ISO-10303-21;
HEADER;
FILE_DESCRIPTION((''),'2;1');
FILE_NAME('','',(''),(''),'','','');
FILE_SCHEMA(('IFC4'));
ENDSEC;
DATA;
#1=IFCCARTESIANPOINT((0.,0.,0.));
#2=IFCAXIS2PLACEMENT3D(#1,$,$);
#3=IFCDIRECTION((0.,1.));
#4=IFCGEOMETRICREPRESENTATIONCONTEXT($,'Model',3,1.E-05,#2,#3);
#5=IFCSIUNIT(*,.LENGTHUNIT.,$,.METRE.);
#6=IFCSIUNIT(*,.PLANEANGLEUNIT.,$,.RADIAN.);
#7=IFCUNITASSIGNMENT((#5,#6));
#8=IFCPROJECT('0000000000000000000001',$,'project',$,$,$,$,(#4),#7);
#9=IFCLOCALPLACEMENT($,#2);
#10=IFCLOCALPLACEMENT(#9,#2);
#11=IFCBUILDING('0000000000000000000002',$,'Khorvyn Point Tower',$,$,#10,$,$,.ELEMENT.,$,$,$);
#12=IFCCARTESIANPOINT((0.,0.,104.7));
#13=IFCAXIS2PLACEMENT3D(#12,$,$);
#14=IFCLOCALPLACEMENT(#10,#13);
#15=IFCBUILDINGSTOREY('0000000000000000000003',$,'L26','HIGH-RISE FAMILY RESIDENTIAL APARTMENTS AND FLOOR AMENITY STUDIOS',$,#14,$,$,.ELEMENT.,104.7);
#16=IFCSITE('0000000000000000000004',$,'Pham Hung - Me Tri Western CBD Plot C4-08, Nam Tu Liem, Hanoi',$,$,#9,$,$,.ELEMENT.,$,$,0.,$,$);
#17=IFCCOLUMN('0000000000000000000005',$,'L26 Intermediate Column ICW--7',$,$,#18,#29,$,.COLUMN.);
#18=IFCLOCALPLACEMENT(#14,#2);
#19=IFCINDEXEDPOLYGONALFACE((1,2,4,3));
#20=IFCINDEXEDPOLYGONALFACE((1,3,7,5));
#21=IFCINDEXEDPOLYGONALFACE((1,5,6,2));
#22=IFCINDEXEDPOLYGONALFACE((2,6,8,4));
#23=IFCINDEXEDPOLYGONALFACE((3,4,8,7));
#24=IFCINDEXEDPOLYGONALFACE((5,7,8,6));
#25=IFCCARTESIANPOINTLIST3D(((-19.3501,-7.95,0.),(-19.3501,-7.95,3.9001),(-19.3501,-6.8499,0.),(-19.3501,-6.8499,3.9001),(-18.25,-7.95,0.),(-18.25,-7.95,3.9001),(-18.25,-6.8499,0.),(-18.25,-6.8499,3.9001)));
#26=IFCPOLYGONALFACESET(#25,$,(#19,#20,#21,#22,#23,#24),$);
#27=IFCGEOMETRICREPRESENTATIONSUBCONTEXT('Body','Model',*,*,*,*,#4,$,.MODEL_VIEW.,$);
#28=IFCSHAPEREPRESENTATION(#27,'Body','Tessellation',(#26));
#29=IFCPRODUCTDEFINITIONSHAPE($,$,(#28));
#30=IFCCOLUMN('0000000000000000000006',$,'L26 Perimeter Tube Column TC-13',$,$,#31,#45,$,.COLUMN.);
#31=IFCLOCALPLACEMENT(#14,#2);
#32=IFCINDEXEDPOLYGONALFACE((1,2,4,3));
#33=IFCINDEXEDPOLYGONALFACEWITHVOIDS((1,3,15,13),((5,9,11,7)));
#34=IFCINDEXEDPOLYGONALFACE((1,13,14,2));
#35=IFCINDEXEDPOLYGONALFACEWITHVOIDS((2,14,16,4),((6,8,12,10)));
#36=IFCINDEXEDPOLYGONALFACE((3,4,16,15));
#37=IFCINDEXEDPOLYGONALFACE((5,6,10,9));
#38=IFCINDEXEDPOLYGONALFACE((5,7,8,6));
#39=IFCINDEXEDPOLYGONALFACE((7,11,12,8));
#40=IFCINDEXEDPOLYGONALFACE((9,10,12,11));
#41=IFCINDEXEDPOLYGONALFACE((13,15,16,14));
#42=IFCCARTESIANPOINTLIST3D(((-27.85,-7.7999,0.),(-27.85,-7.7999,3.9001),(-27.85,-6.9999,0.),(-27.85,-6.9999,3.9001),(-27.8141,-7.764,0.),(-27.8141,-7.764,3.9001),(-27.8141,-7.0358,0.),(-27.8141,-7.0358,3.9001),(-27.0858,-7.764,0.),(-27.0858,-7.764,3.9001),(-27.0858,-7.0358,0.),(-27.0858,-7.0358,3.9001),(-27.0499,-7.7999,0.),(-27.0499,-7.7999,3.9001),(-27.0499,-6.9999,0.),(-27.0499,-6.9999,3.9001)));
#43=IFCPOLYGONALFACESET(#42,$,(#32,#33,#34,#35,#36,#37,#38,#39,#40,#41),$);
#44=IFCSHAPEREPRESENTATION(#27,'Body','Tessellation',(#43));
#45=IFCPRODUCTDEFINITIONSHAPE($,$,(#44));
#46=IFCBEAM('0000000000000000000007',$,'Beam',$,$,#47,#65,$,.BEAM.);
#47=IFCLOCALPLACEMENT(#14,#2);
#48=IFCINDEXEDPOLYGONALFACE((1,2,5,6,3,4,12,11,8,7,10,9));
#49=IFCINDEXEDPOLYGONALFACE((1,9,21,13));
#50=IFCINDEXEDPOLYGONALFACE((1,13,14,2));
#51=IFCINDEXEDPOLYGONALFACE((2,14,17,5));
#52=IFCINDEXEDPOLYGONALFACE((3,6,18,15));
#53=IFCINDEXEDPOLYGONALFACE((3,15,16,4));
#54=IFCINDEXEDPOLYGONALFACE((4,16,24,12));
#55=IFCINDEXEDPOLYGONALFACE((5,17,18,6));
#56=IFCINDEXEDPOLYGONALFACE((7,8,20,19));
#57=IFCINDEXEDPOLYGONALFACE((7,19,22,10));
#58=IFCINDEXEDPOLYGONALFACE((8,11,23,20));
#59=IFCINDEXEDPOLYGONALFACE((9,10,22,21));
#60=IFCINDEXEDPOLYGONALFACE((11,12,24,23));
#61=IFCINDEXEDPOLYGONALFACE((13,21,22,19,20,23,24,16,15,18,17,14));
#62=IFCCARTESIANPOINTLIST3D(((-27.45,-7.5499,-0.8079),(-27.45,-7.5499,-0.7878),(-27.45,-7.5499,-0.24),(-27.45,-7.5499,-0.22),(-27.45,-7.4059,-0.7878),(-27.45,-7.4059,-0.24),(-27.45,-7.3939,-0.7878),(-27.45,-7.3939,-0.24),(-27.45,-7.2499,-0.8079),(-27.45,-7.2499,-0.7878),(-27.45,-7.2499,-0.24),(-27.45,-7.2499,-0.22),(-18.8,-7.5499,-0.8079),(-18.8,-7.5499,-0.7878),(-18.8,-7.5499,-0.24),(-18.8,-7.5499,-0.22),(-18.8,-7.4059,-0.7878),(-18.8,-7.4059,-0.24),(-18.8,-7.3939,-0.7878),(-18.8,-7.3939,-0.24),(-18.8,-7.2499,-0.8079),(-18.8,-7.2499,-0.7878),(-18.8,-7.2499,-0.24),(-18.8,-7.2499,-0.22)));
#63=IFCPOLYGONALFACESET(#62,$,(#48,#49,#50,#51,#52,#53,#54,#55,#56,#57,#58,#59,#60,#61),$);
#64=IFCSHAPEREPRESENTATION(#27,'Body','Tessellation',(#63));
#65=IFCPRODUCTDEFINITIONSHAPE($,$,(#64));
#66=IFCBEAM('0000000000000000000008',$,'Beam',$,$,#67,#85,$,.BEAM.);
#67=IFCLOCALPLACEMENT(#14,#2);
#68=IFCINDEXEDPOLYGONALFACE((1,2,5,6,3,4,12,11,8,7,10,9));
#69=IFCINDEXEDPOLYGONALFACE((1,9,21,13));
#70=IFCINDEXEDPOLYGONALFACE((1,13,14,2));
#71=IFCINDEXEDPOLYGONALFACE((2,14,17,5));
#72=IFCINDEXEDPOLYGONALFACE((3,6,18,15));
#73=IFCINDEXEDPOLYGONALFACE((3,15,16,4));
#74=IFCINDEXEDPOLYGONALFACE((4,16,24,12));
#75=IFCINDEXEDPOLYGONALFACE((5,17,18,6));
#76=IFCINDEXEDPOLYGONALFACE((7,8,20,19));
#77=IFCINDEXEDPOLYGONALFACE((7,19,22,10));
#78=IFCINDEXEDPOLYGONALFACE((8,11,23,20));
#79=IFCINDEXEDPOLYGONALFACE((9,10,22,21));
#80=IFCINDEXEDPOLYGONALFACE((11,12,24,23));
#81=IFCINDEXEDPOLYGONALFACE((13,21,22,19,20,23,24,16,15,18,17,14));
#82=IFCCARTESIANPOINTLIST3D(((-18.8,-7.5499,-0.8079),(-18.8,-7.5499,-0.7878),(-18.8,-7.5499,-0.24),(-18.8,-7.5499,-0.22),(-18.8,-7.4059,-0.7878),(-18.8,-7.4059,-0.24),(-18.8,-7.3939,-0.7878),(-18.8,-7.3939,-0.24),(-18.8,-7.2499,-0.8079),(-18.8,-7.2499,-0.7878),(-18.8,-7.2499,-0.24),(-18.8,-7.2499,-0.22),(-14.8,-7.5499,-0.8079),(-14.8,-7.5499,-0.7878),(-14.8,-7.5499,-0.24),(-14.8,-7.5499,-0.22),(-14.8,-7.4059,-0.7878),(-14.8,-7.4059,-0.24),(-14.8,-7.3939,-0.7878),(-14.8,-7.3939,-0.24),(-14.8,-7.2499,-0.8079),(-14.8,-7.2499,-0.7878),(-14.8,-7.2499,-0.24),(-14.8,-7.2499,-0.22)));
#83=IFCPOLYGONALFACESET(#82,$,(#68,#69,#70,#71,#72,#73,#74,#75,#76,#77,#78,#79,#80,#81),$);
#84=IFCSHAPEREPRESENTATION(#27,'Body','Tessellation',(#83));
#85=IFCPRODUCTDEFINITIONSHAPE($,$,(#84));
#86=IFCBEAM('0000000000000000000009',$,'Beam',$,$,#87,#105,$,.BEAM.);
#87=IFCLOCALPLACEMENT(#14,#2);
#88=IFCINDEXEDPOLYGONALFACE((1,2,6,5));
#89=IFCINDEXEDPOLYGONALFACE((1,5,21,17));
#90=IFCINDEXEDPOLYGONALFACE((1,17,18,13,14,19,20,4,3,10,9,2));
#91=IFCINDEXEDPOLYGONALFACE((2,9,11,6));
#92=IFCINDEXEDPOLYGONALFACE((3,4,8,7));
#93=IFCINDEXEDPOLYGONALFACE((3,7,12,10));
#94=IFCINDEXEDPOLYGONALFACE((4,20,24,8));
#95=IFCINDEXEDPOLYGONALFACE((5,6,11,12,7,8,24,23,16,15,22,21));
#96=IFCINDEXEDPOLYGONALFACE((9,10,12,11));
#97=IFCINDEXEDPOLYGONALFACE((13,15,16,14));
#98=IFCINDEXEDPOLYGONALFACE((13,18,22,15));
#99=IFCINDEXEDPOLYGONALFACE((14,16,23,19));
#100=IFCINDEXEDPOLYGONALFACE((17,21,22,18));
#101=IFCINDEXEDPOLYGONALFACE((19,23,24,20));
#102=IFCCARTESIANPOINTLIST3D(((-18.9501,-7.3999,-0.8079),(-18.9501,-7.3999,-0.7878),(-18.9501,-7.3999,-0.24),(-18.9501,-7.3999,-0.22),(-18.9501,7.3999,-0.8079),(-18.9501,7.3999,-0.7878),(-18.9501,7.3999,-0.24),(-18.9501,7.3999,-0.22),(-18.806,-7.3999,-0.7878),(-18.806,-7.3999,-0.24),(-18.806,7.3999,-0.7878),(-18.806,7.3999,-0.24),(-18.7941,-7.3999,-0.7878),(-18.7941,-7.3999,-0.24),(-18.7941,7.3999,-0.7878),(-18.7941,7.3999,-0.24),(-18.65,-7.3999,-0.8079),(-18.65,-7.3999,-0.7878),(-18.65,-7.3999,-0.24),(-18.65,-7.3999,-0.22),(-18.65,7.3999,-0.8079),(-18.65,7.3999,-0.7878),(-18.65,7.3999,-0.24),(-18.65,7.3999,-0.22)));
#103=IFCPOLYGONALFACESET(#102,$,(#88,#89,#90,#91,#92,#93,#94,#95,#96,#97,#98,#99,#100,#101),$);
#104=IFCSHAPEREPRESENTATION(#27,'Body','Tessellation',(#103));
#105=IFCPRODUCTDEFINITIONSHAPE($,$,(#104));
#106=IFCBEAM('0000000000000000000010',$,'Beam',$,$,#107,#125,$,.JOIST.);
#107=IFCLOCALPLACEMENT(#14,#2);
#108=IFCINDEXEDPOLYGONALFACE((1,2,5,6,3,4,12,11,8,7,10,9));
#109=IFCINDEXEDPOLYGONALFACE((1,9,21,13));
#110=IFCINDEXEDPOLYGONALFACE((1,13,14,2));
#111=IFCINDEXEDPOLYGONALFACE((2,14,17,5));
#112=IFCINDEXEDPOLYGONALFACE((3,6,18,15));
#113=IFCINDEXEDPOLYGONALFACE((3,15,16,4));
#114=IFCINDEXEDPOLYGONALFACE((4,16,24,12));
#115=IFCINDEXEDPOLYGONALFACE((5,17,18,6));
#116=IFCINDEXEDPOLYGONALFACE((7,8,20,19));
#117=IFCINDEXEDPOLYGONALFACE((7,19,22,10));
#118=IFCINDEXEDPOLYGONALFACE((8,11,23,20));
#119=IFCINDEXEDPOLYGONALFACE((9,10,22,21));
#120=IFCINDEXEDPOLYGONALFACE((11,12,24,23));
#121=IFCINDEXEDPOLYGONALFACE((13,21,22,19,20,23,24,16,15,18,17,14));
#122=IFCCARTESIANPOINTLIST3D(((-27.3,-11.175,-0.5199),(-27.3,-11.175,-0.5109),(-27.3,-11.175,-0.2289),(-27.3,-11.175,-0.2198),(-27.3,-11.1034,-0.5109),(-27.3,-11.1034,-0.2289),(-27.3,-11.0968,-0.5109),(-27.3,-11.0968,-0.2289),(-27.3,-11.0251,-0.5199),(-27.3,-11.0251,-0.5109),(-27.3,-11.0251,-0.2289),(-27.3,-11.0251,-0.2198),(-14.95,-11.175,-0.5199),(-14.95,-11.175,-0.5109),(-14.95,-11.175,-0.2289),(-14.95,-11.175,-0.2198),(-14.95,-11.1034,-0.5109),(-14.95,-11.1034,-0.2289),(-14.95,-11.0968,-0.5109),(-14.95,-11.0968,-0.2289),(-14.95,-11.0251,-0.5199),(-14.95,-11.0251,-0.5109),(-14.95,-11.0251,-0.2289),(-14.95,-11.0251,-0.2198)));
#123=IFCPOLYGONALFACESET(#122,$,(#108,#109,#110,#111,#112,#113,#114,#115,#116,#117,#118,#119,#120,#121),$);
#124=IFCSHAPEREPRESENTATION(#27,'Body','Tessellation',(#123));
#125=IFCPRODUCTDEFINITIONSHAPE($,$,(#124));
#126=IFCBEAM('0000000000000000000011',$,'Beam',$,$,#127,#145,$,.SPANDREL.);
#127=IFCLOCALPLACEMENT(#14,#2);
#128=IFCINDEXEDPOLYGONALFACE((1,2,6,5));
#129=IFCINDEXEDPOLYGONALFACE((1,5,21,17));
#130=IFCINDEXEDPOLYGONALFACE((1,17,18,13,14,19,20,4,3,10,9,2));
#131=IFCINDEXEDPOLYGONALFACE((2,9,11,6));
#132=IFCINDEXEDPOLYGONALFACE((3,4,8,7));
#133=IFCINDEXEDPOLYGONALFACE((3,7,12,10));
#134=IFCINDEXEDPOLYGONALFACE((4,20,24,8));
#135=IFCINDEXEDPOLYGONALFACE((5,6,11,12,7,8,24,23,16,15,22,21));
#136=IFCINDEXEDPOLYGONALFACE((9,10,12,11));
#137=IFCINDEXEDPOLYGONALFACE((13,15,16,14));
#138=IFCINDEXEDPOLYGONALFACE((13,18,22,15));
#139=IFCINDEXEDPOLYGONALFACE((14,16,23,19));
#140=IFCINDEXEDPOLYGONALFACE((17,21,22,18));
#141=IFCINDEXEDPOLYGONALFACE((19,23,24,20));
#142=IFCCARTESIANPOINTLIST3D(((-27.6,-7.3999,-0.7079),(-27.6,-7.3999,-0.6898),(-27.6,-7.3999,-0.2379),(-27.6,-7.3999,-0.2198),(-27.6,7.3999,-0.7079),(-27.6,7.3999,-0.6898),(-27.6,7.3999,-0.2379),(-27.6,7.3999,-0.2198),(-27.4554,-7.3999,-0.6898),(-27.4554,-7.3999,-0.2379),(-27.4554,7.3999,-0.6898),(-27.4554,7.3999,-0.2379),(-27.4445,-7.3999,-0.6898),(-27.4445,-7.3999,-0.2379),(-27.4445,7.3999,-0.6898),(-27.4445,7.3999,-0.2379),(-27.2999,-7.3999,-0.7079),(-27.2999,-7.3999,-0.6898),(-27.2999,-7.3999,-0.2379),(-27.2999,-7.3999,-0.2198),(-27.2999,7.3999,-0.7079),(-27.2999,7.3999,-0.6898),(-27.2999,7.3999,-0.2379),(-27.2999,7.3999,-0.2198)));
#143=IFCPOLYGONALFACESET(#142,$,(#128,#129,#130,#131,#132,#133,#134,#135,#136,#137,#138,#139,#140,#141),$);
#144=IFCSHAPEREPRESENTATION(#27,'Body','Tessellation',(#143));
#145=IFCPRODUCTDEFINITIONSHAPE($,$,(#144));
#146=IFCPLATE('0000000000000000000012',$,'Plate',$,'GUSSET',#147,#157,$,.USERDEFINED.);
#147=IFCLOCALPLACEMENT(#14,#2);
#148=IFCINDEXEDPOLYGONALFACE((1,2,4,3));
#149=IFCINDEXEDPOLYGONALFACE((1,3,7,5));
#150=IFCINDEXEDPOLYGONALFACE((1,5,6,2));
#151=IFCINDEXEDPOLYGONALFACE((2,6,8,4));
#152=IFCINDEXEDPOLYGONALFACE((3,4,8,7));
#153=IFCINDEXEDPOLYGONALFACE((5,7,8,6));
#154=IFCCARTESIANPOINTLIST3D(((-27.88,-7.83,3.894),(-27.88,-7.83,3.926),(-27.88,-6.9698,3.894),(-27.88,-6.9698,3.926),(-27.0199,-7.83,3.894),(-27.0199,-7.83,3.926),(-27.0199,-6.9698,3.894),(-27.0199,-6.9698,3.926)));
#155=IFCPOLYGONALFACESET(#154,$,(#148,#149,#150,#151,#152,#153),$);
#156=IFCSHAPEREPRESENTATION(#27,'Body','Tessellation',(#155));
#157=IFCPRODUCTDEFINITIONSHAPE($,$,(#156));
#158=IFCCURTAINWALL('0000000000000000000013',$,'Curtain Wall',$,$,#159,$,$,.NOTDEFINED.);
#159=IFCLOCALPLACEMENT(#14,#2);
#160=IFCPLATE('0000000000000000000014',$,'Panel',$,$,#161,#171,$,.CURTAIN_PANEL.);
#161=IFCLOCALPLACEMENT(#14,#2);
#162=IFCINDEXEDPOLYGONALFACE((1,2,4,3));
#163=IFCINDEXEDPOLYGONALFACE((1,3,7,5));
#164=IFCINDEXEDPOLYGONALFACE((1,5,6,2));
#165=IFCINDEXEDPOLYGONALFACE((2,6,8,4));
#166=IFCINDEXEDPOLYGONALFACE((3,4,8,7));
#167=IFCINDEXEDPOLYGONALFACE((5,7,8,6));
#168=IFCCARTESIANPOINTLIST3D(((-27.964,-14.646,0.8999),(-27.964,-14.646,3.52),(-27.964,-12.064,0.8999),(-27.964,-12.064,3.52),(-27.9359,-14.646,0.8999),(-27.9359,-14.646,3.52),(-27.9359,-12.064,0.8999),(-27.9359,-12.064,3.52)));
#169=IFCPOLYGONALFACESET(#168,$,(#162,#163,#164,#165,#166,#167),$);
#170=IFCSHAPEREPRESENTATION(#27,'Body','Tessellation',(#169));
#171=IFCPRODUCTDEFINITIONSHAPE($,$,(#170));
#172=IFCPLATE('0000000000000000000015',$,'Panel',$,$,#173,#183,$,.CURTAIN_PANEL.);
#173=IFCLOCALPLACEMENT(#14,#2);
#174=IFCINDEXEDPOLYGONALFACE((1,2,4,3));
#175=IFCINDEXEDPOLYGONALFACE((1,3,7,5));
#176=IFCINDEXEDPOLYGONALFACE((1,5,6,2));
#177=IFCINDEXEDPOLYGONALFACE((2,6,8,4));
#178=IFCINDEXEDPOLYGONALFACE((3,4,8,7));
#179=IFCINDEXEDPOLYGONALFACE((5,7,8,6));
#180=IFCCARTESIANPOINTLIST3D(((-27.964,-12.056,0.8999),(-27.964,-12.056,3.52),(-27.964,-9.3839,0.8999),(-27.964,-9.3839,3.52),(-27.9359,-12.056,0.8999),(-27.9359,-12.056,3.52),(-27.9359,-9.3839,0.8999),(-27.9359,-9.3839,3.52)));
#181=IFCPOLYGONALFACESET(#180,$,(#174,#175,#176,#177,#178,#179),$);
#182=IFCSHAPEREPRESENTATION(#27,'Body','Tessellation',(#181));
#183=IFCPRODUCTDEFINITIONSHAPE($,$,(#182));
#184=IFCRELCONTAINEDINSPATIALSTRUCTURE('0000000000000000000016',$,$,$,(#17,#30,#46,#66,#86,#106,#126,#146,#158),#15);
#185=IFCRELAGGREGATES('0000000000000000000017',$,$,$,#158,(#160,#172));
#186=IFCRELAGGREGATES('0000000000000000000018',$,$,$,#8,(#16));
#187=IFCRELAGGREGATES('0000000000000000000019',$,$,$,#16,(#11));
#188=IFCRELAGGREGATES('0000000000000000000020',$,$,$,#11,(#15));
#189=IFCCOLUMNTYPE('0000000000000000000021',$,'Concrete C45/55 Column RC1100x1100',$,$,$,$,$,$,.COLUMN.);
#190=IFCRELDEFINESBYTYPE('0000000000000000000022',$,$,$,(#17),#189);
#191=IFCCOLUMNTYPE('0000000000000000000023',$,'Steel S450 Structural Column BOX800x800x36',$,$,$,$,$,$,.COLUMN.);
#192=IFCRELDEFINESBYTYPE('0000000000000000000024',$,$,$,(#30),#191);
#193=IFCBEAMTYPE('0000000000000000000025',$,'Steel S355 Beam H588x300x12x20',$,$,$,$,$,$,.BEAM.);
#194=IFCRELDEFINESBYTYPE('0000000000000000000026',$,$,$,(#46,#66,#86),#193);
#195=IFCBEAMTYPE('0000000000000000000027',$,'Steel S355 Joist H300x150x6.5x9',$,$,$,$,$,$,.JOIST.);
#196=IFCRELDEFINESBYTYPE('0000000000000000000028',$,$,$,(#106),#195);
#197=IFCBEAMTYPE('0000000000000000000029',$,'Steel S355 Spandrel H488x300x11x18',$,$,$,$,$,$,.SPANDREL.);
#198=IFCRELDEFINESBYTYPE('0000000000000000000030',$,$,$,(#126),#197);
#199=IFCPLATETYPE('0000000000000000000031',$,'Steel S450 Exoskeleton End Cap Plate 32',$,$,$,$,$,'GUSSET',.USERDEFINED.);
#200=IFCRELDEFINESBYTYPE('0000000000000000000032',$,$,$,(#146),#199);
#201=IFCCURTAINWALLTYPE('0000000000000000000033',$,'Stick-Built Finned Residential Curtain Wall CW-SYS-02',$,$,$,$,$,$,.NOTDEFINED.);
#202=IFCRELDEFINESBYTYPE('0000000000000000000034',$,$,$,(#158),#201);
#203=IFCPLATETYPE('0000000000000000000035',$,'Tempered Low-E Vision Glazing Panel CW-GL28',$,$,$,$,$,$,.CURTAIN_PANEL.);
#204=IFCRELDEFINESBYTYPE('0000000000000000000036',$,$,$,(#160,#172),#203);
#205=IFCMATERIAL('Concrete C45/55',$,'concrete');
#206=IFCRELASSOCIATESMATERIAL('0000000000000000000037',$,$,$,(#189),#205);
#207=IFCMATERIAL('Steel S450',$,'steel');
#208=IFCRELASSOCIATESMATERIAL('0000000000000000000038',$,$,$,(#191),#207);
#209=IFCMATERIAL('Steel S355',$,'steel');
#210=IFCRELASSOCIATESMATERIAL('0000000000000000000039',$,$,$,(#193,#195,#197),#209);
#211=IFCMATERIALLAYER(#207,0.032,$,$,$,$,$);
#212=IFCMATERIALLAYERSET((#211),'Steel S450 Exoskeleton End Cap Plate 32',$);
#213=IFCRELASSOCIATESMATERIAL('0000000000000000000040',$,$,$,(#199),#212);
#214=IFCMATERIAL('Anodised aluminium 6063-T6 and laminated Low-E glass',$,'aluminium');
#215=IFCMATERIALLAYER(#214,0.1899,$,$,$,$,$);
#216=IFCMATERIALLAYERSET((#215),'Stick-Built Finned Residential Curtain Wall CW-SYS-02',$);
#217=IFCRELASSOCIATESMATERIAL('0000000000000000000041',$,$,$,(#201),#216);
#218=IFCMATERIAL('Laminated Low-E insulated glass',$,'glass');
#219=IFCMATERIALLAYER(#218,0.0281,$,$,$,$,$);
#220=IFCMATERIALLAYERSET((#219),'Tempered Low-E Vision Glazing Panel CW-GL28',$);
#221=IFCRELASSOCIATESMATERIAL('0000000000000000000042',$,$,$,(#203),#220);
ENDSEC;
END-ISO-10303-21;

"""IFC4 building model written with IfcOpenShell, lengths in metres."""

from ifc_helpers import new_model, si_unit, direction, frame, origin, origin_2d, place, context, subcontext, project, spatial, rectangle, hollow_rectangle, i_section, extrude, material, layer, layer_set, material_profile, profile_set, type_object, element, aggregate, save


model = new_model("IFC4")

# Units and contexts
model_context = context("Model", 3, precision=1e-05, world=origin(), true_north=direction((0.0, 1.0)))
body_context = subcontext(model_context, "Body", "Model", "MODEL_VIEW")
ifc_project = project(units=[si_unit("LENGTHUNIT", "METRE"), si_unit("PLANEANGLEUNIT", "RADIAN")], contexts=[model_context])

# Site, building, storey
site_placement = place(None, origin())
site = spatial("IfcSite", under=ifc_project, at=site_placement, Name="Pham Hung - Me Tri Western CBD Plot C4-08, Nam Tu Liem, Hanoi", CompositionType="ELEMENT", RefElevation=0.0)
building_placement = place(site_placement, origin())
building = spatial("IfcBuilding", under=site, at=building_placement, Name="Khorvyn Point Tower", CompositionType="ELEMENT")
storey_placement = place(building_placement, frame((0.0, 0.0, 104.7)))
storey = spatial("IfcBuildingStorey", under=building, at=storey_placement, Name="L26", Description="HIGH-RISE FAMILY RESIDENTIAL APARTMENTS AND FLOOR AMENITY STUDIOS", CompositionType="ELEMENT", Elevation=104.7)

# Columns
ifc_material_1 = material(Name="Concrete C45/55", Category="concrete")
ifc_material_profile_1 = material_profile(ifc_material_1, rectangle(XDim=1.1001, YDim=1.1001, at=origin_2d()))
ifc_profile_set_1 = profile_set([ifc_material_profile_1], Name="Concrete C45/55 RC1100x1100")
column_type_1 = type_object("IfcColumnType", Name="Concrete C45/55 Column RC1100x1100", PredefinedType="COLUMN", material=ifc_profile_set_1)
column_1_placement = place(storey_placement, frame((-18.8, -7.3999, 0.0), z_axis=(0.0, 0.0, 1.0), x_axis=(1.0, 0.0, 0.0)))
element("IfcColumn", 1, at=column_1_placement, inside=storey, type_object=column_type_1, Name="L26 Intermediate Column ICW--7", PredefinedType="COLUMN", context=body_context, shape_type="SweptSolid", body=[
    extrude(rectangle(XDim=1.1001, YDim=1.1001, at=origin_2d()), origin(), (0.0, 0.0, 1.0), 3.9001),
])
ifc_material_2 = material(Name="Steel S450", Category="steel")
ifc_material_profile_2 = material_profile(ifc_material_2, hollow_rectangle(XDim=0.8, YDim=0.8, WallThickness=0.0359, at=origin_2d()))
ifc_profile_set_2 = profile_set([ifc_material_profile_2], Name="Steel S450 BOX800x800x36")
column_type_2 = type_object("IfcColumnType", Name="Steel S450 Structural Column BOX800x800x36", PredefinedType="COLUMN", material=ifc_profile_set_2)
column_2_placement = place(storey_placement, frame((-27.45, -7.3999, 0.0), z_axis=(0.0, 0.0, 1.0), x_axis=(1.0, 0.0, 0.0)))
element("IfcColumn", 2, at=column_2_placement, inside=storey, type_object=column_type_2, Name="L26 Perimeter Tube Column TC-13", PredefinedType="COLUMN", context=body_context, shape_type="SweptSolid", body=[
    extrude(hollow_rectangle(XDim=0.8, YDim=0.8, WallThickness=0.0359, at=origin_2d()), origin(), (0.0, 0.0, 1.0), 3.9001),
])

# Beams
ifc_material_3 = material(Name="Steel S355", Category="steel")
ifc_material_profile_3 = material_profile(ifc_material_3, i_section(OverallWidth=0.3, OverallDepth=0.5879, WebThickness=0.012, FlangeThickness=0.02, at=origin_2d()))
ifc_profile_set_3 = profile_set([ifc_material_profile_3], Name="Steel S355 H588x300x12x20")
beam_type_1 = type_object("IfcBeamType", Name="Steel S355 Beam H588x300x12x20", PredefinedType="BEAM", material=ifc_profile_set_3)
beam_1_placement = place(storey_placement, frame((-27.45, -7.3999, -0.5139), z_axis=(1.0, 0.0, 0.0), x_axis=(0.0, 1.0, 0.0)))
element("IfcBeam", 3, at=beam_1_placement, inside=storey, type_object=beam_type_1, Name="Beam", PredefinedType="BEAM", context=body_context, shape_type="SweptSolid", body=[
    extrude(i_section(OverallWidth=0.3, OverallDepth=0.5879, WebThickness=0.012, FlangeThickness=0.02, at=origin_2d()), origin(), (0.0, 0.0, 1.0), 8.6499),
])
beam_2_placement = place(storey_placement, frame((-18.8, -7.3999, -0.5139), z_axis=(1.0, 0.0, 0.0), x_axis=(0.0, 1.0, 0.0)))
element("IfcBeam", 4, at=beam_2_placement, inside=storey, type_object=beam_type_1, Name="Beam", PredefinedType="BEAM", context=body_context, shape_type="SweptSolid", body=[
    extrude(i_section(OverallWidth=0.3, OverallDepth=0.5879, WebThickness=0.012, FlangeThickness=0.02, at=origin_2d()), origin(), (0.0, 0.0, 1.0), 4.0),
])
beam_3_placement = place(storey_placement, frame((-18.8, -7.3999, -0.5139), z_axis=(0.0, 1.0, 0.0), x_axis=(-1.0, 0.0, 0.0)))
element("IfcBeam", 5, at=beam_3_placement, inside=storey, type_object=beam_type_1, Name="Beam", PredefinedType="BEAM", context=body_context, shape_type="SweptSolid", body=[
    extrude(i_section(OverallWidth=0.3, OverallDepth=0.5879, WebThickness=0.012, FlangeThickness=0.02, at=origin_2d()), origin(), (0.0, 0.0, 1.0), 14.7998),
])
ifc_material_profile_4 = material_profile(ifc_material_3, i_section(OverallWidth=0.1499, OverallDepth=0.3, WebThickness=0.0066, FlangeThickness=0.009, at=origin_2d()))
ifc_profile_set_4 = profile_set([ifc_material_profile_4], Name="Steel S355 H300x150x6.5x9")
beam_type_2 = type_object("IfcBeamType", Name="Steel S355 Joist H300x150x6.5x9", PredefinedType="JOIST", material=ifc_profile_set_4)
beam_4_placement = place(storey_placement, frame((-27.3, -11.1001, -0.3699), z_axis=(1.0, 0.0, 0.0), x_axis=(0.0, 1.0, 0.0)))
element("IfcBeam", 6, at=beam_4_placement, inside=storey, type_object=beam_type_2, Name="Beam", PredefinedType="JOIST", context=body_context, shape_type="SweptSolid", body=[
    extrude(i_section(OverallWidth=0.1499, OverallDepth=0.3, WebThickness=0.0066, FlangeThickness=0.009, at=origin_2d()), origin(), (0.0, 0.0, 1.0), 12.3501),
])
ifc_material_profile_5 = material_profile(ifc_material_3, i_section(OverallWidth=0.3, OverallDepth=0.488, WebThickness=0.011, FlangeThickness=0.0181, at=origin_2d()))
ifc_profile_set_5 = profile_set([ifc_material_profile_5], Name="Steel S355 H488x300x11x18")
beam_type_3 = type_object("IfcBeamType", Name="Steel S355 Spandrel H488x300x11x18", PredefinedType="SPANDREL", material=ifc_profile_set_5)
beam_5_placement = place(storey_placement, frame((-27.45, -7.3999, -0.4639), z_axis=(0.0, 1.0, 0.0), x_axis=(-1.0, 0.0, 0.0)))
element("IfcBeam", 7, at=beam_5_placement, inside=storey, type_object=beam_type_3, Name="Beam", PredefinedType="SPANDREL", context=body_context, shape_type="SweptSolid", body=[
    extrude(i_section(OverallWidth=0.3, OverallDepth=0.488, WebThickness=0.011, FlangeThickness=0.0181, at=origin_2d()), origin(), (0.0, 0.0, 1.0), 14.7998),
])

# Plate
ifc_layer_1 = layer(ifc_material_2, 0.032)
ifc_layer_set_1 = layer_set([ifc_layer_1], Name="Steel S450 Exoskeleton End Cap Plate 32")
plate_type_1 = type_object("IfcPlateType", Name="Steel S450 Exoskeleton End Cap Plate 32", ElementType="GUSSET", PredefinedType="USERDEFINED", material=ifc_layer_set_1)
plate_1_placement = place(storey_placement, frame((-27.45, -7.3999, 3.894), z_axis=(0.0, 0.0, 1.0), x_axis=(1.0, 0.0, 0.0)))
element("IfcPlate", 8, at=plate_1_placement, inside=storey, type_object=plate_type_1, Name="Plate", ObjectType="GUSSET", PredefinedType="USERDEFINED", context=body_context, shape_type="SweptSolid", body=[
    extrude(rectangle(XDim=0.8601, YDim=0.8601, at=origin_2d()), origin(), (0.0, 0.0, 1.0), 0.032),
])

# Curtain wall, plates
ifc_material_4 = material(Name="Anodised aluminium 6063-T6 and laminated Low-E glass", Category="aluminium")
ifc_layer_2 = layer(ifc_material_4, 0.1899)
ifc_layer_set_2 = layer_set([ifc_layer_2], Name="Stick-Built Finned Residential Curtain Wall CW-SYS-02")
curtain_wall_type = type_object("IfcCurtainWallType", Name="Stick-Built Finned Residential Curtain Wall CW-SYS-02", PredefinedType="NOTDEFINED", material=ifc_layer_set_2)
curtain_wall_placement = place(storey_placement, origin())
curtain_wall = element("IfcCurtainWall", 9, at=curtain_wall_placement, inside=storey, type_object=curtain_wall_type, Name="Curtain Wall", PredefinedType="NOTDEFINED")
ifc_material_5 = material(Name="Laminated Low-E insulated glass", Category="glass")
ifc_layer_3 = layer(ifc_material_5, 0.0281)
ifc_layer_set_3 = layer_set([ifc_layer_3], Name="Tempered Low-E Vision Glazing Panel CW-GL28")
plate_type_2 = type_object("IfcPlateType", Name="Tempered Low-E Vision Glazing Panel CW-GL28", PredefinedType="CURTAIN_PANEL", material=ifc_layer_set_3)
plate_2_placement = place(storey_placement, frame((-27.95, -13.355, 0.8999), z_axis=(0.0, 0.0, 1.0), x_axis=(0.0, 1.0, 0.0)))
plate_2 = element("IfcPlate", 10, at=plate_2_placement, type_object=plate_type_2, Name="Panel", PredefinedType="CURTAIN_PANEL", context=body_context, shape_type="SweptSolid", body=[
    extrude(rectangle(XDim=2.582, YDim=0.0281, at=origin_2d()), origin(), (0.0, 0.0, 1.0), 2.6201),
])
plate_3_placement = place(storey_placement, frame((-27.95, -10.72, 0.8999), z_axis=(0.0, 0.0, 1.0), x_axis=(0.0, 1.0, 0.0)))
plate_3 = element("IfcPlate", 11, at=plate_3_placement, type_object=plate_type_2, Name="Panel", PredefinedType="CURTAIN_PANEL", context=body_context, shape_type="SweptSolid", body=[
    extrude(rectangle(XDim=2.6721, YDim=0.0281, at=origin_2d()), origin(), (0.0, 0.0, 1.0), 2.6201),
])
aggregate(curtain_wall, [plate_2, plate_3])

save(model, "model.ifc")
